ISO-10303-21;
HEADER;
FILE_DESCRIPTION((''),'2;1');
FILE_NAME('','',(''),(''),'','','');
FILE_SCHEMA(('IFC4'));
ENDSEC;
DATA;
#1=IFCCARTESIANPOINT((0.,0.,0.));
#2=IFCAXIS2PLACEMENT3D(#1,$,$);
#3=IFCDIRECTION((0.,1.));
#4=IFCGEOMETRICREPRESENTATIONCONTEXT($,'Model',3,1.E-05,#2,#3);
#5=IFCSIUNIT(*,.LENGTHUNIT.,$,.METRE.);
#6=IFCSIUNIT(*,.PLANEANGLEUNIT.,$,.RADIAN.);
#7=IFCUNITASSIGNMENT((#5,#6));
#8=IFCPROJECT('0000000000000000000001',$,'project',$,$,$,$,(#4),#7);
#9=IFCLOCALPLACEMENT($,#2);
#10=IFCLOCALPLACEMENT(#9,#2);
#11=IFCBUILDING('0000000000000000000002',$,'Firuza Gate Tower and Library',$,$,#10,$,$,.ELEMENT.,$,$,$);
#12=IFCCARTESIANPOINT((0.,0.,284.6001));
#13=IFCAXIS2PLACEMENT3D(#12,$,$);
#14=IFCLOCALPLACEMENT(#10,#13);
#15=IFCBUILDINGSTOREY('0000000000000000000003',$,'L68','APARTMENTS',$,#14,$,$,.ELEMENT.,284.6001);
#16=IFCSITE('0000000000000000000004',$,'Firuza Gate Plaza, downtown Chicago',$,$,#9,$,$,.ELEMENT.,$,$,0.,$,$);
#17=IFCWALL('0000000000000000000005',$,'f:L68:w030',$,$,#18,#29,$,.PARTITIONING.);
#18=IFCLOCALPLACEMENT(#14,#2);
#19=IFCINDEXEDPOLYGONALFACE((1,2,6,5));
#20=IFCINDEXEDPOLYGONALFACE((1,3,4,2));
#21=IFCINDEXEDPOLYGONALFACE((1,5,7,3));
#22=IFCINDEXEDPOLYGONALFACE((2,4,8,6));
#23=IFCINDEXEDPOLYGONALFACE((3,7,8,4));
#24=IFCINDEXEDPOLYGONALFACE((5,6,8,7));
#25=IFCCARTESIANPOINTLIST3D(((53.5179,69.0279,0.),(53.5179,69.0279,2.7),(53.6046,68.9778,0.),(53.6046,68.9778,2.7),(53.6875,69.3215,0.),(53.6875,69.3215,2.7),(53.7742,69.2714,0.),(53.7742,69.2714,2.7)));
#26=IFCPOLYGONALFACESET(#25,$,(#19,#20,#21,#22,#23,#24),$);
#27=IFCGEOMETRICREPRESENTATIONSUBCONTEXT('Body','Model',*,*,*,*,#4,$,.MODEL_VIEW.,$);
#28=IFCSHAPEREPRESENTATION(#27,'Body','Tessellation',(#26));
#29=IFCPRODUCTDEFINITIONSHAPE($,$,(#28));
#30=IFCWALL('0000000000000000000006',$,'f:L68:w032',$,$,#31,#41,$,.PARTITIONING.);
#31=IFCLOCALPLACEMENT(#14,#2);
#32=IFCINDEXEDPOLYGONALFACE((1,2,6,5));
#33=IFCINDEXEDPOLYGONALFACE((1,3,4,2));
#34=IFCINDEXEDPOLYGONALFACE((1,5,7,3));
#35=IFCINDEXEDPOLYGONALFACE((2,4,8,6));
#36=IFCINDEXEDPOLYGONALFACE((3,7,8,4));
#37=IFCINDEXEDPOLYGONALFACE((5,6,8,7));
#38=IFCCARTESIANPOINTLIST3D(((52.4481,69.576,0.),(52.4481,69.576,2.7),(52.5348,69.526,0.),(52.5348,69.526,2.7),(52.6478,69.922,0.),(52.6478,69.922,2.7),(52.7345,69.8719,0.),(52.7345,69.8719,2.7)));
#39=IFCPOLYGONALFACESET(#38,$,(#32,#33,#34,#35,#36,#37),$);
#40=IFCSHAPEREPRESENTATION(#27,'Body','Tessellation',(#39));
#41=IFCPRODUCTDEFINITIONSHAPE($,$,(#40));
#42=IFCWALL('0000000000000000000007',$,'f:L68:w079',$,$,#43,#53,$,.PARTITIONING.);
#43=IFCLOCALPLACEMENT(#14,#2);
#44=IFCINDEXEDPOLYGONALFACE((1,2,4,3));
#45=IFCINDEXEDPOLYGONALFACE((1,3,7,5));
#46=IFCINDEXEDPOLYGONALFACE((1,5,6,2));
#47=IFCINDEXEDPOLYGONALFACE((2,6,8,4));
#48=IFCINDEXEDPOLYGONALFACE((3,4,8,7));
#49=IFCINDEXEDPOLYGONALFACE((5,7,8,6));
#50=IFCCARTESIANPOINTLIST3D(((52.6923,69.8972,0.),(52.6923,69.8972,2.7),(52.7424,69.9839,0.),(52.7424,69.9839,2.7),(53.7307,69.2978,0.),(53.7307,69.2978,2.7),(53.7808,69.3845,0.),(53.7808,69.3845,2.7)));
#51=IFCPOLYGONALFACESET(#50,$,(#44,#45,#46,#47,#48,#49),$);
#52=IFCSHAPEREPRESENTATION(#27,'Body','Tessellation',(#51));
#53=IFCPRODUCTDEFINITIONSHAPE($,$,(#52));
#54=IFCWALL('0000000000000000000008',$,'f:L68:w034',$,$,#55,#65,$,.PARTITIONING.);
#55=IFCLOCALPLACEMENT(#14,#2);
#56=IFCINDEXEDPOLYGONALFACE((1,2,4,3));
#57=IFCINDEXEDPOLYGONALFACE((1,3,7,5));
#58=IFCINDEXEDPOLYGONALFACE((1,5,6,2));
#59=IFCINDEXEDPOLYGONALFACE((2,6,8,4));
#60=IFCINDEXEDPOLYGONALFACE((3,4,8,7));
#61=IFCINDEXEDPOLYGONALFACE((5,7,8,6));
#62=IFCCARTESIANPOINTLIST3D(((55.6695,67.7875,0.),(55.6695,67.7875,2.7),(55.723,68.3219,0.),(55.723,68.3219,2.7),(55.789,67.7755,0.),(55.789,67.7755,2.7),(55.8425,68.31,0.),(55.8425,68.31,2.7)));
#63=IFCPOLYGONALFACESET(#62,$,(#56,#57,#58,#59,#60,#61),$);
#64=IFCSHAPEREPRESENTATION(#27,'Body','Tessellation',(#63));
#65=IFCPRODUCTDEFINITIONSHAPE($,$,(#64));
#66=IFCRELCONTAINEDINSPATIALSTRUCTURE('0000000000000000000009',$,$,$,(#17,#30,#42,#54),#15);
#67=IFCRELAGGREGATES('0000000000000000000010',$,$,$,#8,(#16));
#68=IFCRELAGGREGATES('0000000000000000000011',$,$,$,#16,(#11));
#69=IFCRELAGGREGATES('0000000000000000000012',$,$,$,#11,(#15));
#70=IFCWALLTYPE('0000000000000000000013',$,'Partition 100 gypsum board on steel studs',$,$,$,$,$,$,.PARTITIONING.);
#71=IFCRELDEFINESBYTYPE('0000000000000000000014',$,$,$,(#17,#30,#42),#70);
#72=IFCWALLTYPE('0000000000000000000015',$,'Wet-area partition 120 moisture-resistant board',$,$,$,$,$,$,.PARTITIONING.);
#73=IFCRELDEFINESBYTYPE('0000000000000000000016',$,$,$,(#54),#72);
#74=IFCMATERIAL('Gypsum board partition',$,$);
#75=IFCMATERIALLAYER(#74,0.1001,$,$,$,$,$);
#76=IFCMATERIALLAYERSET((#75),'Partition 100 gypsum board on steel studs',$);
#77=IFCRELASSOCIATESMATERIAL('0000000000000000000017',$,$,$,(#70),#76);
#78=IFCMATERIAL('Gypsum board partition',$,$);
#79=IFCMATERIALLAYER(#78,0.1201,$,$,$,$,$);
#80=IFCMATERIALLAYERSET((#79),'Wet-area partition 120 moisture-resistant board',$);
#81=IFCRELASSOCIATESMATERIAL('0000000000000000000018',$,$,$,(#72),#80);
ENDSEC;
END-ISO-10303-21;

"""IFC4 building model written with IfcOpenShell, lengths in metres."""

from ifc_helpers import new_model, si_unit, direction, frame, frame_2d, origin, place, context, subcontext, project, spatial, rectangle, extrude, material, layer, layer_set, type_object, element, save


model = new_model("IFC4")

# Units and contexts
model_context = context("Model", 3, precision=1e-05, world=origin(), true_north=direction((0.0, 1.0)))
body_context = subcontext(model_context, "Body", "Model", "MODEL_VIEW")
ifc_project = project(units=[si_unit("LENGTHUNIT", "METRE"), si_unit("PLANEANGLEUNIT", "RADIAN")], contexts=[model_context])

# Site, building, storey
site_placement = place(None, origin())
site = spatial("IfcSite", under=ifc_project, at=site_placement, Name="Firuza Gate Plaza, downtown Chicago", CompositionType="ELEMENT", RefElevation=0.0)
building_placement = place(site_placement, origin())
building = spatial("IfcBuilding", under=site, at=building_placement, Name="Firuza Gate Tower and Library", CompositionType="ELEMENT")
storey_placement = place(building_placement, frame((0.0, 0.0, 284.6001)))
storey = spatial("IfcBuildingStorey", under=building, at=storey_placement, Name="L68", Description="APARTMENTS", CompositionType="ELEMENT", Elevation=284.6001)

# Walls
ifc_material_1 = material(Name="Gypsum board partition")
ifc_layer_1 = layer(ifc_material_1, 0.1001)
ifc_layer_set_1 = layer_set([ifc_layer_1], Name="Partition 100 gypsum board on steel studs")
wall_type_1 = type_object("IfcWallType", Name="Partition 100 gypsum board on steel studs", PredefinedType="PARTITIONING", material=ifc_layer_set_1)
wall_1_placement = place(storey_placement, frame((53.5613, 69.0029, 0.0), z_axis=(0.0, 0.0, 1.0), x_axis=(0.500242, 0.865886, 0.0)))
element("IfcWall", 1, at=wall_1_placement, inside=storey, type_object=wall_type_1, Name="f:L68:w030", PredefinedType="PARTITIONING", context=body_context, shape_type="SweptSolid", body=[
    extrude(rectangle(XDim=0.3391, YDim=0.1001, at=frame_2d((0.1694, 0.0))), origin(), (0.0, 0.0, 1.0), 2.7),
])
wall_2_placement = place(storey_placement, frame((52.4915, 69.551, 0.0), z_axis=(0.0, 0.0, 1.0), x_axis=(0.499952, 0.866053, 0.0)))
element("IfcWall", 2, at=wall_2_placement, inside=storey, type_object=wall_type_1, Name="f:L68:w032", PredefinedType="PARTITIONING", context=body_context, shape_type="SweptSolid", body=[
    extrude(rectangle(XDim=0.3994, YDim=0.1001, at=frame_2d((0.1997, 0.0))), origin(), (0.0, 0.0, 1.0), 2.7),
])
wall_3_placement = place(storey_placement, frame((53.7559, 69.3411, 0.0), z_axis=(0.0, 0.0, 1.0), x_axis=(-0.866067, 0.499928, 0.0)))
element("IfcWall", 3, at=wall_3_placement, inside=storey, type_object=wall_type_1, Name="f:L68:w079", PredefinedType="PARTITIONING", context=body_context, shape_type="SweptSolid", body=[
    extrude(rectangle(XDim=1.199, YDim=0.1001, at=frame_2d((0.5996, 0.0))), origin(), (0.0, 0.0, 1.0), 2.7),
])
ifc_material_2 = material(Name="Gypsum board partition")
ifc_layer_2 = layer(ifc_material_2, 0.1201)
ifc_layer_set_2 = layer_set([ifc_layer_2], Name="Wet-area partition 120 moisture-resistant board")
wall_type_2 = type_object("IfcWallType", Name="Wet-area partition 120 moisture-resistant board", PredefinedType="PARTITIONING", material=ifc_layer_set_2)
wall_4_placement = place(storey_placement, frame((55.7292, 67.7815, 0.0), z_axis=(0.0, 0.0, 1.0), x_axis=(0.099549, 0.995033, 0.0)))
element("IfcWall", 4, at=wall_4_placement, inside=storey, type_object=wall_type_2, Name="f:L68:w034", PredefinedType="PARTITIONING", context=body_context, shape_type="SweptSolid", body=[
    extrude(rectangle(XDim=0.5371, YDim=0.1201, at=frame_2d((0.2686, 0.0))), origin(), (0.0, 0.0, 1.0), 2.7),
])

save(model, "model.ifc")
